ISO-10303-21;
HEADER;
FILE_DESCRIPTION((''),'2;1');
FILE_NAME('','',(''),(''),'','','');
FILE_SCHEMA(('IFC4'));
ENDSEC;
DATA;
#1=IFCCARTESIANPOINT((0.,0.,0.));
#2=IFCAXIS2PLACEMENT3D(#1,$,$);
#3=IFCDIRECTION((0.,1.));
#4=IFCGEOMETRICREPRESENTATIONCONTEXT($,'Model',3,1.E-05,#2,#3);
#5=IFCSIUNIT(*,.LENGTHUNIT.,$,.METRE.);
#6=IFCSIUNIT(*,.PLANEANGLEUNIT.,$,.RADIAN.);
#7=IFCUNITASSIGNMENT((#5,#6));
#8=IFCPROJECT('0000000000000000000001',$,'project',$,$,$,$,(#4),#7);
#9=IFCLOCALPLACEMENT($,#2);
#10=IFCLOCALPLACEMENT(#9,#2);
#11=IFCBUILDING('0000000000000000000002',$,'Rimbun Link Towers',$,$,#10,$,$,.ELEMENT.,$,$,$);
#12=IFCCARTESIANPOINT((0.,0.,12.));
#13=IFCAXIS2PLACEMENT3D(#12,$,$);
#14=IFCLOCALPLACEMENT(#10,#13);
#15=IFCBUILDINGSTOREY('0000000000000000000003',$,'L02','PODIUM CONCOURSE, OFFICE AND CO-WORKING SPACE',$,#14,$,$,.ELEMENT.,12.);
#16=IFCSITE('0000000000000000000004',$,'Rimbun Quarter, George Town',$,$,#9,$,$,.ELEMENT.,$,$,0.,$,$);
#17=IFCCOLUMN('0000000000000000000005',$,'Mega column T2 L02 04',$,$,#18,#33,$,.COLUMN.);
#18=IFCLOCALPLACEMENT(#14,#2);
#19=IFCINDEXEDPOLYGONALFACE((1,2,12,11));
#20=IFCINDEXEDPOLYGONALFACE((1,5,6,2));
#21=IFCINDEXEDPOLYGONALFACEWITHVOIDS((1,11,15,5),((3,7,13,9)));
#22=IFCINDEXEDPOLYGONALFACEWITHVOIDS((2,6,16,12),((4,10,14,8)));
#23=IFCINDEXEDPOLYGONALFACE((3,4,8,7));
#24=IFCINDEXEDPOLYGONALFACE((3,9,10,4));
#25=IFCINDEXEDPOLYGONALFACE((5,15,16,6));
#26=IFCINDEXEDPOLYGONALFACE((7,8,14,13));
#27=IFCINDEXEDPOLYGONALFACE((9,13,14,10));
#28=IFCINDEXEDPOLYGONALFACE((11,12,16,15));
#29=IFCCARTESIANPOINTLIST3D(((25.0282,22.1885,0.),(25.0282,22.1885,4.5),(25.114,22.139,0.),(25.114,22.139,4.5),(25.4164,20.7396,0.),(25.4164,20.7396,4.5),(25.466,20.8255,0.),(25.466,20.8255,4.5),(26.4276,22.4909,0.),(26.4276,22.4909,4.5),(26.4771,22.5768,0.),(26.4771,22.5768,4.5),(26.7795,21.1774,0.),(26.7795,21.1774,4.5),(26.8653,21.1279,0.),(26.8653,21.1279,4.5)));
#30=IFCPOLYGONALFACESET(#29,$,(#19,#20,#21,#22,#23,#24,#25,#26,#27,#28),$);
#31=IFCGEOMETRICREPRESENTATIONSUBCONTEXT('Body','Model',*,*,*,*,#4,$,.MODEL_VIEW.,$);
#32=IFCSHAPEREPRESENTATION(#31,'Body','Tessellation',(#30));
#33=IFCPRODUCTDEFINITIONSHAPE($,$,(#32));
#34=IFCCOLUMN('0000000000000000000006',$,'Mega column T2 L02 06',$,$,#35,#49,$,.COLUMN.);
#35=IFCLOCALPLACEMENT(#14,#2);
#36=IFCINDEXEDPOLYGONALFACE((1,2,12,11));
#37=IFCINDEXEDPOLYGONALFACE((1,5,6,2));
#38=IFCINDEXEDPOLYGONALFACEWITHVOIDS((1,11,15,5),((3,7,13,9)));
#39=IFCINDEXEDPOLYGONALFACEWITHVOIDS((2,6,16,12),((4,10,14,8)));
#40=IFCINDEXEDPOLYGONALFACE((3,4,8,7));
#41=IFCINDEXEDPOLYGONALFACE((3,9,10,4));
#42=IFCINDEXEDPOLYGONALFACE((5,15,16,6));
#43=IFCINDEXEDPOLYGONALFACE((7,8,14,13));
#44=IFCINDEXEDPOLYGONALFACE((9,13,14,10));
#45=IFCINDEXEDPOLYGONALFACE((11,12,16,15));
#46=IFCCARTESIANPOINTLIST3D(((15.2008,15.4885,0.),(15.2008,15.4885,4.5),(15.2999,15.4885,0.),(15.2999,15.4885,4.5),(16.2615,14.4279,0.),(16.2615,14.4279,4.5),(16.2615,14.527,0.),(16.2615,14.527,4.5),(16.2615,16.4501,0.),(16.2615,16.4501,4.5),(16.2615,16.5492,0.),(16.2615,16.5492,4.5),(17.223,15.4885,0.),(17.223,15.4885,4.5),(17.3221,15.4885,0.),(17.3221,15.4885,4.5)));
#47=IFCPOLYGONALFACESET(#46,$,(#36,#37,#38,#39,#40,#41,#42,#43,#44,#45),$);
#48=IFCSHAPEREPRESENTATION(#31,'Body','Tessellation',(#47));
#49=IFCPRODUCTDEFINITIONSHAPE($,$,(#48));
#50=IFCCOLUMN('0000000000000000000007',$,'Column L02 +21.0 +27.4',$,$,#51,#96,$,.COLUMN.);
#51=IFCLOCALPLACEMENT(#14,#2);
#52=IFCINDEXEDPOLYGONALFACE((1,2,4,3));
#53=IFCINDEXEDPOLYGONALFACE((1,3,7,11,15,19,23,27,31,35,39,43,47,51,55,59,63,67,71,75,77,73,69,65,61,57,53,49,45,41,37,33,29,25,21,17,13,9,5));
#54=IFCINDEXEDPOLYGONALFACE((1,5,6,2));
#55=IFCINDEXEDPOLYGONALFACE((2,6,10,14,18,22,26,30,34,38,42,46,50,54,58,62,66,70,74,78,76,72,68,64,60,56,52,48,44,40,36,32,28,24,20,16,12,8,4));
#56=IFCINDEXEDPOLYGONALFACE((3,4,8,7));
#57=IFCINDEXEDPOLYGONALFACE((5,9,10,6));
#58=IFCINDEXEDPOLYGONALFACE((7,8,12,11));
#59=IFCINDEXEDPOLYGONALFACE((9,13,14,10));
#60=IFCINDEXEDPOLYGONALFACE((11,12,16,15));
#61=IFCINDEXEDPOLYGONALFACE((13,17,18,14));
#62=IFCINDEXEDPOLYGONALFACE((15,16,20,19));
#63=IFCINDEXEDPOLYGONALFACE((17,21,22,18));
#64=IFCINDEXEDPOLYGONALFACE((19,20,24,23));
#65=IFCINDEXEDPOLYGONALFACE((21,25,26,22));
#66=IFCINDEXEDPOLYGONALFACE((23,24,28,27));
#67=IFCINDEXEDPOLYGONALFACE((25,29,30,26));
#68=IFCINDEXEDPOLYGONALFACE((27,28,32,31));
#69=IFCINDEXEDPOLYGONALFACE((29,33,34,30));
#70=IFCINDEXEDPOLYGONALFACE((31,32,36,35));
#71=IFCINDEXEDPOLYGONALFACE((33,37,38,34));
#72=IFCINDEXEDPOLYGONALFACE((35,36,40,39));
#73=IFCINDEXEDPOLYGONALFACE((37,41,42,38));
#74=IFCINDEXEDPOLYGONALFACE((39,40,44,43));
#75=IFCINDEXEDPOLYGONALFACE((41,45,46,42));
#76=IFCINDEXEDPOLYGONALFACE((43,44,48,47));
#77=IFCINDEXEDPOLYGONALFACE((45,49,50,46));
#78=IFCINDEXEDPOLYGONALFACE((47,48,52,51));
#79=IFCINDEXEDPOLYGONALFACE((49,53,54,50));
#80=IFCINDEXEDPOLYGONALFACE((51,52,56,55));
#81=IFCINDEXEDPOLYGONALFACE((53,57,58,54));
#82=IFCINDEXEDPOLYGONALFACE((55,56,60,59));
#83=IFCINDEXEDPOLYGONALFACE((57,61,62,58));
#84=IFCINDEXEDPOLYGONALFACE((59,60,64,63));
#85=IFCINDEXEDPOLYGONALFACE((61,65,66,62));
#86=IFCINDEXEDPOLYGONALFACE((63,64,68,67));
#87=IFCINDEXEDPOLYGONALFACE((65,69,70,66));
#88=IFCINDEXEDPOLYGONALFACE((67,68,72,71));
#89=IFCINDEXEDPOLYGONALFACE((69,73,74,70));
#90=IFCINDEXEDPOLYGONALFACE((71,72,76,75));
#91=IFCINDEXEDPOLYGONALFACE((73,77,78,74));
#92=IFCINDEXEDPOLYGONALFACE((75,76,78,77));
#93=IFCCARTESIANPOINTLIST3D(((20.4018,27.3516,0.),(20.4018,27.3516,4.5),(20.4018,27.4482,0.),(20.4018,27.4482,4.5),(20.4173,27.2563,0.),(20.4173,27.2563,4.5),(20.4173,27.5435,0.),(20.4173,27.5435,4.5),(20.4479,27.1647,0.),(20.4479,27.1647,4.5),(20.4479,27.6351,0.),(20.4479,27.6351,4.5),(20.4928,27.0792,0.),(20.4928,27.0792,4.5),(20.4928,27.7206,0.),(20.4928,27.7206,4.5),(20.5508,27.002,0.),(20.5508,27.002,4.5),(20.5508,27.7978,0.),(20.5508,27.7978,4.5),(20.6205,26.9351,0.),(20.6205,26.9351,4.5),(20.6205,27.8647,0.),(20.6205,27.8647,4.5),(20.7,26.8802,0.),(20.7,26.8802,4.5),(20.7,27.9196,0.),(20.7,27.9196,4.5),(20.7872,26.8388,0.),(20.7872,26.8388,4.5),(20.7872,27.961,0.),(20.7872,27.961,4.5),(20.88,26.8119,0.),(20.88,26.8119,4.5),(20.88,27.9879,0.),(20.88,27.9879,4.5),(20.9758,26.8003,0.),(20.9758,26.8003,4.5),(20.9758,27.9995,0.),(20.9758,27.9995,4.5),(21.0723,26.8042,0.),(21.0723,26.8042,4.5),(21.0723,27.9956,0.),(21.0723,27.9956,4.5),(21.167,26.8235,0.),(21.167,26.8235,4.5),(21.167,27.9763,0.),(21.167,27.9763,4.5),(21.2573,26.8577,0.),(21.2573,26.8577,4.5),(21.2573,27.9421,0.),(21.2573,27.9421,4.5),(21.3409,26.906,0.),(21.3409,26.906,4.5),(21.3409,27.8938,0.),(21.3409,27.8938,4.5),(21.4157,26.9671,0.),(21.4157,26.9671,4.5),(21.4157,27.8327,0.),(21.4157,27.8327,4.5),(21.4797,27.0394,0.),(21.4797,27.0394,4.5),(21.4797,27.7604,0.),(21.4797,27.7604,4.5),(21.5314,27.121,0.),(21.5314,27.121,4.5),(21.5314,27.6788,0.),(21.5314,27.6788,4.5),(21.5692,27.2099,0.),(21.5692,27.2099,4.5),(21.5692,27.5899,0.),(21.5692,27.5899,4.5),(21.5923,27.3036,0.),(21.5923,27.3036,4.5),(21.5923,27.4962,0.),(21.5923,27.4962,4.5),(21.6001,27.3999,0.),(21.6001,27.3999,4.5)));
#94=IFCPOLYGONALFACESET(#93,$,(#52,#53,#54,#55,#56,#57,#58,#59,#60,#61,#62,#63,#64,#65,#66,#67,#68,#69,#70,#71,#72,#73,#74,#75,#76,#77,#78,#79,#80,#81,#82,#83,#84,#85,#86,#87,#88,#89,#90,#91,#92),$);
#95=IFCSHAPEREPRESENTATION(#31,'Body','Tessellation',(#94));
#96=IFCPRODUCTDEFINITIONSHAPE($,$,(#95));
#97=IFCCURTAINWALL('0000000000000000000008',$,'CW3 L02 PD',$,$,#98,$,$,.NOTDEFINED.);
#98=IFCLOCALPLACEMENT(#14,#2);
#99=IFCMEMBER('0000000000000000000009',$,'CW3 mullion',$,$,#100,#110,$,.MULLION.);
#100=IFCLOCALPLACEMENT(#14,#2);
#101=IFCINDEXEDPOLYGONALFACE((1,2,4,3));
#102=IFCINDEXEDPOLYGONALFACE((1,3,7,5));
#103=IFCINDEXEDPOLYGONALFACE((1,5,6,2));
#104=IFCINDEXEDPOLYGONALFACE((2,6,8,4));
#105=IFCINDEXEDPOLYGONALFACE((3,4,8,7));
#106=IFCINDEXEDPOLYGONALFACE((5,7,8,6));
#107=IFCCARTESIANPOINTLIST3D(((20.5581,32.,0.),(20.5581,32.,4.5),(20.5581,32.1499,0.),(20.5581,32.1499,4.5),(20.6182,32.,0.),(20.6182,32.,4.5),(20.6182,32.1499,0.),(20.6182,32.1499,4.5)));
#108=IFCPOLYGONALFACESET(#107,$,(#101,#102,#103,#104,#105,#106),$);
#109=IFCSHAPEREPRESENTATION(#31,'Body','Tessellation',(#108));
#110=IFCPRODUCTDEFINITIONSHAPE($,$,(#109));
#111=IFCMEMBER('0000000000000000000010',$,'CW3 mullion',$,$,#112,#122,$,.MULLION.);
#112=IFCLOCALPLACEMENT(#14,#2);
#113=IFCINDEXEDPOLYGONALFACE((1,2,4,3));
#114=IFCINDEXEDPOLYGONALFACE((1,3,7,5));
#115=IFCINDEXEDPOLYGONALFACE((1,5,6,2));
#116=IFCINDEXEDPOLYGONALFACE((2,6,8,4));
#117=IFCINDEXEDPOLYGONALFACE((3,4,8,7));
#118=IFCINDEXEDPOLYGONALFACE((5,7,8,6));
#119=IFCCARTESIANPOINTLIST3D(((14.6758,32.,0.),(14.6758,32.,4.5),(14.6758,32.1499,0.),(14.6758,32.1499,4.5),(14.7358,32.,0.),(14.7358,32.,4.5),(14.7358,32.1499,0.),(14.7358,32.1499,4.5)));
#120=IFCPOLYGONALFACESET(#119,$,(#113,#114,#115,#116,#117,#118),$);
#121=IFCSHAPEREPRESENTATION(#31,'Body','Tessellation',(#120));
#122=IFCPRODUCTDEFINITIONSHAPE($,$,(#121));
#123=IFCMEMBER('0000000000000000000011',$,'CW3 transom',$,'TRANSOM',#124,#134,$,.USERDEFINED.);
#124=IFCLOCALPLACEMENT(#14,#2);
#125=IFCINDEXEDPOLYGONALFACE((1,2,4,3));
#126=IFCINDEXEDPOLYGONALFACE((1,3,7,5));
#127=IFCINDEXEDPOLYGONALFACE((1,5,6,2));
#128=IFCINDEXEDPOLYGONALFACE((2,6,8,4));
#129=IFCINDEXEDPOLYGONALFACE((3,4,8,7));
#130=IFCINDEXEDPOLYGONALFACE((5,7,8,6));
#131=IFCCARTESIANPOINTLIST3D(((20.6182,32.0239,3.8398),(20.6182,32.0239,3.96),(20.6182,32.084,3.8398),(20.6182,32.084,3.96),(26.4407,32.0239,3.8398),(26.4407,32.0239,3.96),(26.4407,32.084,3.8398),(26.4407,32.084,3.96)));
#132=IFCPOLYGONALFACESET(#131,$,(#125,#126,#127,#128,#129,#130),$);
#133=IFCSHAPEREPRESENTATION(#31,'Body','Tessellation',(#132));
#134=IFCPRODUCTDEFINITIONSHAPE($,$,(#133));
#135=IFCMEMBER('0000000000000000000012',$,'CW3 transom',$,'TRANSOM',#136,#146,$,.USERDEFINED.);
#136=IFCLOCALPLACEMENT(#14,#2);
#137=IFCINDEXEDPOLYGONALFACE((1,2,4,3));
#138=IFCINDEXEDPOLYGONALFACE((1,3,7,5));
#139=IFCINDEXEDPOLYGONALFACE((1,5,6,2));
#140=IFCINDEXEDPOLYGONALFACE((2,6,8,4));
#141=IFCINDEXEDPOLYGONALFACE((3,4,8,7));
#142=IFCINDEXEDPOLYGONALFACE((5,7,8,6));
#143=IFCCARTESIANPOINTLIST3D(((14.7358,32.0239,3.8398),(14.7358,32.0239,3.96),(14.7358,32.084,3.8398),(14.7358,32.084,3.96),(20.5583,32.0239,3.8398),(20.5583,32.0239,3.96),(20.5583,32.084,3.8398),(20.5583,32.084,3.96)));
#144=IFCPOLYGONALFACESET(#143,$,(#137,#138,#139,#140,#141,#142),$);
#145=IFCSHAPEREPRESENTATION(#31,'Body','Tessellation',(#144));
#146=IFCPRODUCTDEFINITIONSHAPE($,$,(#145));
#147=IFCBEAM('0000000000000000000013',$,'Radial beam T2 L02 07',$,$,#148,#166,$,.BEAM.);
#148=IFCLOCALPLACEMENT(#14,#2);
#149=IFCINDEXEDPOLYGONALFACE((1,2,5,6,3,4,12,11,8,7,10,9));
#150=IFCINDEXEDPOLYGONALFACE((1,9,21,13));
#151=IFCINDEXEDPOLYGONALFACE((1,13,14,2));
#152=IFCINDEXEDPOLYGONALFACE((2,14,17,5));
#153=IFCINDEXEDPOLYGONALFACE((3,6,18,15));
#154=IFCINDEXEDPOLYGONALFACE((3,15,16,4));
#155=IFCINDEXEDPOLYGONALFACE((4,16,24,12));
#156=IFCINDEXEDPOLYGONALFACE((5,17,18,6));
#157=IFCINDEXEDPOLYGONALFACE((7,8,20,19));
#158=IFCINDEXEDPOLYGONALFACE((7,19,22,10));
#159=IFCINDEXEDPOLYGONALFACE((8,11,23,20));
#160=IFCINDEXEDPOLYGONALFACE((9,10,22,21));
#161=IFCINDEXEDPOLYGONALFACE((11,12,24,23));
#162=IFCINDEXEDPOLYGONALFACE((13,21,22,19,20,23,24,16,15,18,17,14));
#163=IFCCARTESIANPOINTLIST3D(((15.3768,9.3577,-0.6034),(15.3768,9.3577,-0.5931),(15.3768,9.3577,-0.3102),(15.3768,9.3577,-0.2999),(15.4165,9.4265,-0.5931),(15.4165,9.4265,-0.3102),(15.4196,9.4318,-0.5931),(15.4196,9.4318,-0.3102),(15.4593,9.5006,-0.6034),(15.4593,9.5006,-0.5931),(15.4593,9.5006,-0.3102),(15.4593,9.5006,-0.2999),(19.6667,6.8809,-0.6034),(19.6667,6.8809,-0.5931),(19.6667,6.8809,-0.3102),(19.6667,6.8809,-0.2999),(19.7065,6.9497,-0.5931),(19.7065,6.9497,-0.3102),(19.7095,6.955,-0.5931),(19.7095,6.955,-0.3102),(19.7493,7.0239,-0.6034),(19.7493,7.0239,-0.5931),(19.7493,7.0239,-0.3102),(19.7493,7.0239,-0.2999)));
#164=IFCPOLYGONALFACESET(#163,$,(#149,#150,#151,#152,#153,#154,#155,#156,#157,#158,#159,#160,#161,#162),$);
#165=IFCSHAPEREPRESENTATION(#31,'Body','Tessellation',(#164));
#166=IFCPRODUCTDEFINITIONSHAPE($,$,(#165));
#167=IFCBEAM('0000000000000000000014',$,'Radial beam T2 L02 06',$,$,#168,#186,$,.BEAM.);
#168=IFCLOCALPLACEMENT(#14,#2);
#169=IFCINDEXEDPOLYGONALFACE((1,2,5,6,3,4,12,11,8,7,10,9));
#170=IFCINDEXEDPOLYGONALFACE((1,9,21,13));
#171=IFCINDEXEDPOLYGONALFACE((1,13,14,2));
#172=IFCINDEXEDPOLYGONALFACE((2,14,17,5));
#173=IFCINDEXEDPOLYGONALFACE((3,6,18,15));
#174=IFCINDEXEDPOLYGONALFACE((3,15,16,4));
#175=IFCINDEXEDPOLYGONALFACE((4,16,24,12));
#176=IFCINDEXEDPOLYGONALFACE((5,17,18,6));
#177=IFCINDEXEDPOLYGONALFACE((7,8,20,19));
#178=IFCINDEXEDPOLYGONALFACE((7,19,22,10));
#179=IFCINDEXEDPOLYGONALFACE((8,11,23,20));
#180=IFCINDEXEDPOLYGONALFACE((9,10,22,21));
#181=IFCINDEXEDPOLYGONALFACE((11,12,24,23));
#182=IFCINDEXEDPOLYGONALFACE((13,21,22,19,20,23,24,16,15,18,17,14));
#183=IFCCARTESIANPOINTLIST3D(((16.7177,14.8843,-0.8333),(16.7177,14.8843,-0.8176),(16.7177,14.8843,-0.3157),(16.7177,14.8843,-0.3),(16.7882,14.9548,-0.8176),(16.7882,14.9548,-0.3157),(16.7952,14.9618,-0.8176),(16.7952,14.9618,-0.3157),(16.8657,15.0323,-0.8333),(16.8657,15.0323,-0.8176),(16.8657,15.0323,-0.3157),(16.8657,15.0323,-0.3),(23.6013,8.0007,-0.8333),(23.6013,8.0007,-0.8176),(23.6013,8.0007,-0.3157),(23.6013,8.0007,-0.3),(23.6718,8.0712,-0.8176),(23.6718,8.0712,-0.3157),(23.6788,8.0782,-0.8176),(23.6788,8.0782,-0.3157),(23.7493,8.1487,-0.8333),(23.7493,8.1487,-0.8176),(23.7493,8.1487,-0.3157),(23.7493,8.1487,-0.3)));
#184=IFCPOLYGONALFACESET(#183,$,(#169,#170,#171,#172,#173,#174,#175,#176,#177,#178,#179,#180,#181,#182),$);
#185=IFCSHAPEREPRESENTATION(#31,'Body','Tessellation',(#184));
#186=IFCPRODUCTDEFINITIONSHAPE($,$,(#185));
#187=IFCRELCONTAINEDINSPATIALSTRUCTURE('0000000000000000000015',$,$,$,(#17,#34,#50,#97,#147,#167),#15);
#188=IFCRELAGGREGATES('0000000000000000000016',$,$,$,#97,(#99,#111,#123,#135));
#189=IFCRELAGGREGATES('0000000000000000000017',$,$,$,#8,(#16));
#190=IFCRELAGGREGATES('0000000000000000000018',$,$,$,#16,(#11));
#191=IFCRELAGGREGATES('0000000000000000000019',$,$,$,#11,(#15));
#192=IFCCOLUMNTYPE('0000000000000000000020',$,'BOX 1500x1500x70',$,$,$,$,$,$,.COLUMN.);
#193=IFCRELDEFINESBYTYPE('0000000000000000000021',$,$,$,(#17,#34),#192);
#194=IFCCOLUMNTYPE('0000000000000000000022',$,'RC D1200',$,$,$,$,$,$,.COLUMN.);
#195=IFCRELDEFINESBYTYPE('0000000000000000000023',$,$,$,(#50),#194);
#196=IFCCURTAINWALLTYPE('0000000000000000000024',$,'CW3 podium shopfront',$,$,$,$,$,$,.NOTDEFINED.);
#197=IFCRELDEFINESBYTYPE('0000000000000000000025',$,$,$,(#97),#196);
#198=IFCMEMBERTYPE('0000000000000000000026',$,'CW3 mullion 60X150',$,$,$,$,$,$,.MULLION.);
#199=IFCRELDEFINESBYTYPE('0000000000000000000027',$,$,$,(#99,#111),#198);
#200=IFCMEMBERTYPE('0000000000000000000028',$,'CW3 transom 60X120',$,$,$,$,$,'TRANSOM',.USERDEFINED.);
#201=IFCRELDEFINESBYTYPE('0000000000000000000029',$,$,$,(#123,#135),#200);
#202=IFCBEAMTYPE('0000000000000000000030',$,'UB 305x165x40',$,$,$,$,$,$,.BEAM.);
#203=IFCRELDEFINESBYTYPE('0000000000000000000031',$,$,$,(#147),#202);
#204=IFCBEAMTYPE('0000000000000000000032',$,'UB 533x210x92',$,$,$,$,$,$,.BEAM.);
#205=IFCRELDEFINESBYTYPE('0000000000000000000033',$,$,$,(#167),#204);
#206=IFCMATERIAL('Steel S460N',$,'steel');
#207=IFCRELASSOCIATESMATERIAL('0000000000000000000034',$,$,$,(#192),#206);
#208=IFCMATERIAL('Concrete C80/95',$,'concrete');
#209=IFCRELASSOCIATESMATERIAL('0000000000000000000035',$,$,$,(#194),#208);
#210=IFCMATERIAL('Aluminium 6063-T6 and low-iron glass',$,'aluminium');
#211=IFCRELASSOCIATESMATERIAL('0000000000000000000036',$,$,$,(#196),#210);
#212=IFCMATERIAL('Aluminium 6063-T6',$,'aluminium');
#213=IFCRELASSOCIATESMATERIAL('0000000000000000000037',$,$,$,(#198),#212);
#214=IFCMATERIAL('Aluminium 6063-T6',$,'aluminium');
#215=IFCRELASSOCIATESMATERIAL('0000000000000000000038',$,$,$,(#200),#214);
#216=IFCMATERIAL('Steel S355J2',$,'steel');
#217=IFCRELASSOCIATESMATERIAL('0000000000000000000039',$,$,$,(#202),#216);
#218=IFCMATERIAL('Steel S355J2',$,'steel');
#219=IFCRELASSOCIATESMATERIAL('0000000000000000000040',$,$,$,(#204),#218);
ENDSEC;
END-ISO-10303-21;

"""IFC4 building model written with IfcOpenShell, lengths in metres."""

from ifc_helpers import new_model, si_unit, direction, frame, origin, origin_2d, place, context, subcontext, project, spatial, rectangle, hollow_rectangle, circle, i_section, extrude, material, material_profile, profile_set, type_object, element, aggregate, save


model = new_model("IFC4")

# Units and contexts
model_context = context("Model", 3, precision=1e-05, world=origin(), true_north=direction((0.0, 1.0)))
body_context = subcontext(model_context, "Body", "Model", "MODEL_VIEW")
ifc_project = project(units=[si_unit("LENGTHUNIT", "METRE"), si_unit("PLANEANGLEUNIT", "RADIAN")], contexts=[model_context])

# Site, building, storey
site_placement = place(None, origin())
site = spatial("IfcSite", under=ifc_project, at=site_placement, Name="Rimbun Quarter, George Town", CompositionType="ELEMENT", RefElevation=0.0)
building_placement = place(site_placement, origin())
building = spatial("IfcBuilding", under=site, at=building_placement, Name="Rimbun Link Towers", CompositionType="ELEMENT")
storey_placement = place(building_placement, frame((0.0, 0.0, 12.0)))
storey = spatial("IfcBuildingStorey", under=building, at=storey_placement, Name="L02", Description="PODIUM CONCOURSE, OFFICE AND CO-WORKING SPACE", CompositionType="ELEMENT", Elevation=12.0)

# Columns
ifc_material_1 = material(Name="Steel S460N", Category="steel")
ifc_material_profile_1 = material_profile(ifc_material_1, hollow_rectangle(XDim=1.5, YDim=1.5, WallThickness=0.0701, at=origin_2d()), Name="BOX 1500x1500x70")
ifc_profile_set_1 = profile_set([ifc_material_profile_1], Name="Steel S460N")
column_type_1 = type_object("IfcColumnType", Name="BOX 1500x1500x70", PredefinedType="COLUMN", material=ifc_profile_set_1)
for number, where, z_axis, x_axis, name in (
    (1, (25.9468, 21.6582, 0.0), (0.0, 0.0, 1.0), (-0.258819, 0.965926, 0.0), "Mega column T2 L02 04"),
    (2, (16.2615, 15.4885, 0.0), (0.0, 0.0, 1.0), (-0.707107, 0.707107, 0.0), "Mega column T2 L02 06"),
):
    element("IfcColumn", number, at=place(storey_placement, frame(where, z_axis=z_axis, x_axis=x_axis)), inside=storey, type_object=column_type_1, Name=name, PredefinedType="COLUMN", context=body_context, shape_type="SweptSolid", body=[
        extrude(hollow_rectangle(XDim=1.5, YDim=1.5, WallThickness=0.0701, at=origin_2d()), origin(), (0.0, 0.0, 1.0), 4.5),
    ])
ifc_material_2 = material(Name="Concrete C80/95", Category="concrete")
ifc_material_profile_2 = material_profile(ifc_material_2, circle(Radius=0.6001, at=origin_2d()), Name="RC D1200")
ifc_profile_set_2 = profile_set([ifc_material_profile_2], Name="Concrete C80/95")
column_type_2 = type_object("IfcColumnType", Name="RC D1200", PredefinedType="COLUMN", material=ifc_profile_set_2)
column_placement = place(storey_placement, frame((21.0, 27.3999, 0.0), z_axis=(0.0, 0.0, 1.0), x_axis=(1.0, 0.0, 0.0)))
element("IfcColumn", 3, at=column_placement, inside=storey, type_object=column_type_2, Name="Column L02 +21.0 +27.4", PredefinedType="COLUMN", context=body_context, shape_type="SweptSolid", body=[
    extrude(circle(Radius=0.6001, at=origin_2d()), origin(), (0.0, 0.0, 1.0), 4.5),
])

# Curtain wall, members
ifc_material_3 = material(Name="Aluminium 6063-T6 and low-iron glass", Category="aluminium")
curtain_wall_type = type_object("IfcCurtainWallType", Name="CW3 podium shopfront", PredefinedType="NOTDEFINED", material=ifc_material_3)
curtain_wall_placement = place(storey_placement, origin())
curtain_wall = element("IfcCurtainWall", 4, at=curtain_wall_placement, inside=storey, type_object=curtain_wall_type, Name="CW3 L02 PD", PredefinedType="NOTDEFINED")
ifc_material_4 = material(Name="Aluminium 6063-T6", Category="aluminium")
ifc_material_profile_3 = material_profile(ifc_material_4, rectangle(XDim=0.1499, YDim=0.0601, at=origin_2d()), Name="MULLION 60X150")
ifc_profile_set_3 = profile_set([ifc_material_profile_3], Name="Aluminium 6063-T6")
member_type_1 = type_object("IfcMemberType", Name="CW3 mullion 60X150", PredefinedType="MULLION", material=ifc_profile_set_3)
member_1_placement = place(storey_placement, frame((20.5881, 32.075, 0.0), z_axis=(0.0, 0.0, 1.0), x_axis=(0.0, 1.0, 0.0)))
member_1 = element("IfcMember", 5, at=member_1_placement, type_object=member_type_1, Name="CW3 mullion", PredefinedType="MULLION", context=body_context, shape_type="SweptSolid", body=[
    extrude(rectangle(XDim=0.1499, YDim=0.0601, at=origin_2d()), origin(), (0.0, 0.0, 1.0), 4.5),
])
member_2_placement = place(storey_placement, frame((14.7058, 32.075, 0.0), z_axis=(0.0, 0.0, 1.0), x_axis=(0.0, 1.0, 0.0)))
member_2 = element("IfcMember", 6, at=member_2_placement, type_object=member_type_1, Name="CW3 mullion", PredefinedType="MULLION", context=body_context, shape_type="SweptSolid", body=[
    extrude(rectangle(XDim=0.1499, YDim=0.0601, at=origin_2d()), origin(), (0.0, 0.0, 1.0), 4.5),
])
ifc_material_5 = material(Name="Aluminium 6063-T6", Category="aluminium")
ifc_material_profile_4 = material_profile(ifc_material_5, rectangle(XDim=0.0601, YDim=0.1201, at=origin_2d()), Name="TRANSOM 60X120")
ifc_profile_set_4 = profile_set([ifc_material_profile_4], Name="Aluminium 6063-T6")
member_type_2 = type_object("IfcMemberType", Name="CW3 transom 60X120", ElementType="TRANSOM", PredefinedType="USERDEFINED", material=ifc_profile_set_4)
member_3_placement = place(storey_placement, frame((20.6182, 32.054, 3.8999), z_axis=(1.0, 0.0, 0.0), x_axis=(0.0, 1.0, 0.0)))
member_3 = element("IfcMember", 7, at=member_3_placement, type_object=member_type_2, Name="CW3 transom", ObjectType="TRANSOM", PredefinedType="USERDEFINED", context=body_context, shape_type="SweptSolid", body=[
    extrude(rectangle(XDim=0.0601, YDim=0.1201, at=origin_2d()), origin(), (0.0, 0.0, 1.0), 5.8225),
])
member_4_placement = place(storey_placement, frame((14.7358, 32.054, 3.8999), z_axis=(1.0, 0.0, 0.0), x_axis=(0.0, 1.0, 0.0)))
member_4 = element("IfcMember", 8, at=member_4_placement, type_object=member_type_2, Name="CW3 transom", ObjectType="TRANSOM", PredefinedType="USERDEFINED", context=body_context, shape_type="SweptSolid", body=[
    extrude(rectangle(XDim=0.0601, YDim=0.1201, at=origin_2d()), origin(), (0.0, 0.0, 1.0), 5.8225),
])

# Beams
ifc_material_6 = material(Name="Steel S355J2", Category="steel")
ifc_material_profile_5 = material_profile(ifc_material_6, i_section(OverallWidth=0.165, OverallDepth=0.3035, WebThickness=0.0061, FlangeThickness=0.0103, at=origin_2d()), Name="UB 305x165x40")
ifc_profile_set_5 = profile_set([ifc_material_profile_5], Name="Steel S355J2")
beam_type_1 = type_object("IfcBeamType", Name="UB 305x165x40", PredefinedType="BEAM", material=ifc_profile_set_5)
beam_1_placement = place(storey_placement, frame((19.708, 6.9524, -0.4517), z_axis=(-0.86603, 0.499993, 0.0), x_axis=(-0.499993, -0.86603, 0.0)))
element("IfcBeam", 9, at=beam_1_placement, inside=storey, type_object=beam_type_1, Name="Radial beam T2 L02 07", PredefinedType="BEAM", context=body_context, shape_type="SweptSolid", body=[
    extrude(i_section(OverallWidth=0.165, OverallDepth=0.3035, WebThickness=0.0061, FlangeThickness=0.0103, at=origin_2d()), origin(), (0.0, 0.0, 1.0), 4.9536),
])
ifc_material_7 = material(Name="Steel S355J2", Category="steel")
ifc_material_profile_6 = material_profile(ifc_material_7, i_section(OverallWidth=0.2092, OverallDepth=0.5332, WebThickness=0.01, FlangeThickness=0.0156, at=origin_2d()), Name="UB 533x210x92")
ifc_profile_set_6 = profile_set([ifc_material_profile_6], Name="Steel S355J2")
beam_type_2 = type_object("IfcBeamType", Name="UB 533x210x92", PredefinedType="BEAM", material=ifc_profile_set_6)
beam_2_placement = place(storey_placement, frame((23.6753, 8.0747, -0.5667), z_axis=(-0.707107, 0.707107, 0.0), x_axis=(-0.707107, -0.707107, 0.0)))
element("IfcBeam", 10, at=beam_2_placement, inside=storey, type_object=beam_type_2, Name="Radial beam T2 L02 06", PredefinedType="BEAM", context=body_context, shape_type="SweptSolid", body=[
    extrude(i_section(OverallWidth=0.2092, OverallDepth=0.5332, WebThickness=0.01, FlangeThickness=0.0156, at=origin_2d()), origin(), (0.0, 0.0, 1.0), 9.7349),
])

aggregate(curtain_wall, [member_1, member_2, member_3, member_4])

save(model, "model.ifc")
